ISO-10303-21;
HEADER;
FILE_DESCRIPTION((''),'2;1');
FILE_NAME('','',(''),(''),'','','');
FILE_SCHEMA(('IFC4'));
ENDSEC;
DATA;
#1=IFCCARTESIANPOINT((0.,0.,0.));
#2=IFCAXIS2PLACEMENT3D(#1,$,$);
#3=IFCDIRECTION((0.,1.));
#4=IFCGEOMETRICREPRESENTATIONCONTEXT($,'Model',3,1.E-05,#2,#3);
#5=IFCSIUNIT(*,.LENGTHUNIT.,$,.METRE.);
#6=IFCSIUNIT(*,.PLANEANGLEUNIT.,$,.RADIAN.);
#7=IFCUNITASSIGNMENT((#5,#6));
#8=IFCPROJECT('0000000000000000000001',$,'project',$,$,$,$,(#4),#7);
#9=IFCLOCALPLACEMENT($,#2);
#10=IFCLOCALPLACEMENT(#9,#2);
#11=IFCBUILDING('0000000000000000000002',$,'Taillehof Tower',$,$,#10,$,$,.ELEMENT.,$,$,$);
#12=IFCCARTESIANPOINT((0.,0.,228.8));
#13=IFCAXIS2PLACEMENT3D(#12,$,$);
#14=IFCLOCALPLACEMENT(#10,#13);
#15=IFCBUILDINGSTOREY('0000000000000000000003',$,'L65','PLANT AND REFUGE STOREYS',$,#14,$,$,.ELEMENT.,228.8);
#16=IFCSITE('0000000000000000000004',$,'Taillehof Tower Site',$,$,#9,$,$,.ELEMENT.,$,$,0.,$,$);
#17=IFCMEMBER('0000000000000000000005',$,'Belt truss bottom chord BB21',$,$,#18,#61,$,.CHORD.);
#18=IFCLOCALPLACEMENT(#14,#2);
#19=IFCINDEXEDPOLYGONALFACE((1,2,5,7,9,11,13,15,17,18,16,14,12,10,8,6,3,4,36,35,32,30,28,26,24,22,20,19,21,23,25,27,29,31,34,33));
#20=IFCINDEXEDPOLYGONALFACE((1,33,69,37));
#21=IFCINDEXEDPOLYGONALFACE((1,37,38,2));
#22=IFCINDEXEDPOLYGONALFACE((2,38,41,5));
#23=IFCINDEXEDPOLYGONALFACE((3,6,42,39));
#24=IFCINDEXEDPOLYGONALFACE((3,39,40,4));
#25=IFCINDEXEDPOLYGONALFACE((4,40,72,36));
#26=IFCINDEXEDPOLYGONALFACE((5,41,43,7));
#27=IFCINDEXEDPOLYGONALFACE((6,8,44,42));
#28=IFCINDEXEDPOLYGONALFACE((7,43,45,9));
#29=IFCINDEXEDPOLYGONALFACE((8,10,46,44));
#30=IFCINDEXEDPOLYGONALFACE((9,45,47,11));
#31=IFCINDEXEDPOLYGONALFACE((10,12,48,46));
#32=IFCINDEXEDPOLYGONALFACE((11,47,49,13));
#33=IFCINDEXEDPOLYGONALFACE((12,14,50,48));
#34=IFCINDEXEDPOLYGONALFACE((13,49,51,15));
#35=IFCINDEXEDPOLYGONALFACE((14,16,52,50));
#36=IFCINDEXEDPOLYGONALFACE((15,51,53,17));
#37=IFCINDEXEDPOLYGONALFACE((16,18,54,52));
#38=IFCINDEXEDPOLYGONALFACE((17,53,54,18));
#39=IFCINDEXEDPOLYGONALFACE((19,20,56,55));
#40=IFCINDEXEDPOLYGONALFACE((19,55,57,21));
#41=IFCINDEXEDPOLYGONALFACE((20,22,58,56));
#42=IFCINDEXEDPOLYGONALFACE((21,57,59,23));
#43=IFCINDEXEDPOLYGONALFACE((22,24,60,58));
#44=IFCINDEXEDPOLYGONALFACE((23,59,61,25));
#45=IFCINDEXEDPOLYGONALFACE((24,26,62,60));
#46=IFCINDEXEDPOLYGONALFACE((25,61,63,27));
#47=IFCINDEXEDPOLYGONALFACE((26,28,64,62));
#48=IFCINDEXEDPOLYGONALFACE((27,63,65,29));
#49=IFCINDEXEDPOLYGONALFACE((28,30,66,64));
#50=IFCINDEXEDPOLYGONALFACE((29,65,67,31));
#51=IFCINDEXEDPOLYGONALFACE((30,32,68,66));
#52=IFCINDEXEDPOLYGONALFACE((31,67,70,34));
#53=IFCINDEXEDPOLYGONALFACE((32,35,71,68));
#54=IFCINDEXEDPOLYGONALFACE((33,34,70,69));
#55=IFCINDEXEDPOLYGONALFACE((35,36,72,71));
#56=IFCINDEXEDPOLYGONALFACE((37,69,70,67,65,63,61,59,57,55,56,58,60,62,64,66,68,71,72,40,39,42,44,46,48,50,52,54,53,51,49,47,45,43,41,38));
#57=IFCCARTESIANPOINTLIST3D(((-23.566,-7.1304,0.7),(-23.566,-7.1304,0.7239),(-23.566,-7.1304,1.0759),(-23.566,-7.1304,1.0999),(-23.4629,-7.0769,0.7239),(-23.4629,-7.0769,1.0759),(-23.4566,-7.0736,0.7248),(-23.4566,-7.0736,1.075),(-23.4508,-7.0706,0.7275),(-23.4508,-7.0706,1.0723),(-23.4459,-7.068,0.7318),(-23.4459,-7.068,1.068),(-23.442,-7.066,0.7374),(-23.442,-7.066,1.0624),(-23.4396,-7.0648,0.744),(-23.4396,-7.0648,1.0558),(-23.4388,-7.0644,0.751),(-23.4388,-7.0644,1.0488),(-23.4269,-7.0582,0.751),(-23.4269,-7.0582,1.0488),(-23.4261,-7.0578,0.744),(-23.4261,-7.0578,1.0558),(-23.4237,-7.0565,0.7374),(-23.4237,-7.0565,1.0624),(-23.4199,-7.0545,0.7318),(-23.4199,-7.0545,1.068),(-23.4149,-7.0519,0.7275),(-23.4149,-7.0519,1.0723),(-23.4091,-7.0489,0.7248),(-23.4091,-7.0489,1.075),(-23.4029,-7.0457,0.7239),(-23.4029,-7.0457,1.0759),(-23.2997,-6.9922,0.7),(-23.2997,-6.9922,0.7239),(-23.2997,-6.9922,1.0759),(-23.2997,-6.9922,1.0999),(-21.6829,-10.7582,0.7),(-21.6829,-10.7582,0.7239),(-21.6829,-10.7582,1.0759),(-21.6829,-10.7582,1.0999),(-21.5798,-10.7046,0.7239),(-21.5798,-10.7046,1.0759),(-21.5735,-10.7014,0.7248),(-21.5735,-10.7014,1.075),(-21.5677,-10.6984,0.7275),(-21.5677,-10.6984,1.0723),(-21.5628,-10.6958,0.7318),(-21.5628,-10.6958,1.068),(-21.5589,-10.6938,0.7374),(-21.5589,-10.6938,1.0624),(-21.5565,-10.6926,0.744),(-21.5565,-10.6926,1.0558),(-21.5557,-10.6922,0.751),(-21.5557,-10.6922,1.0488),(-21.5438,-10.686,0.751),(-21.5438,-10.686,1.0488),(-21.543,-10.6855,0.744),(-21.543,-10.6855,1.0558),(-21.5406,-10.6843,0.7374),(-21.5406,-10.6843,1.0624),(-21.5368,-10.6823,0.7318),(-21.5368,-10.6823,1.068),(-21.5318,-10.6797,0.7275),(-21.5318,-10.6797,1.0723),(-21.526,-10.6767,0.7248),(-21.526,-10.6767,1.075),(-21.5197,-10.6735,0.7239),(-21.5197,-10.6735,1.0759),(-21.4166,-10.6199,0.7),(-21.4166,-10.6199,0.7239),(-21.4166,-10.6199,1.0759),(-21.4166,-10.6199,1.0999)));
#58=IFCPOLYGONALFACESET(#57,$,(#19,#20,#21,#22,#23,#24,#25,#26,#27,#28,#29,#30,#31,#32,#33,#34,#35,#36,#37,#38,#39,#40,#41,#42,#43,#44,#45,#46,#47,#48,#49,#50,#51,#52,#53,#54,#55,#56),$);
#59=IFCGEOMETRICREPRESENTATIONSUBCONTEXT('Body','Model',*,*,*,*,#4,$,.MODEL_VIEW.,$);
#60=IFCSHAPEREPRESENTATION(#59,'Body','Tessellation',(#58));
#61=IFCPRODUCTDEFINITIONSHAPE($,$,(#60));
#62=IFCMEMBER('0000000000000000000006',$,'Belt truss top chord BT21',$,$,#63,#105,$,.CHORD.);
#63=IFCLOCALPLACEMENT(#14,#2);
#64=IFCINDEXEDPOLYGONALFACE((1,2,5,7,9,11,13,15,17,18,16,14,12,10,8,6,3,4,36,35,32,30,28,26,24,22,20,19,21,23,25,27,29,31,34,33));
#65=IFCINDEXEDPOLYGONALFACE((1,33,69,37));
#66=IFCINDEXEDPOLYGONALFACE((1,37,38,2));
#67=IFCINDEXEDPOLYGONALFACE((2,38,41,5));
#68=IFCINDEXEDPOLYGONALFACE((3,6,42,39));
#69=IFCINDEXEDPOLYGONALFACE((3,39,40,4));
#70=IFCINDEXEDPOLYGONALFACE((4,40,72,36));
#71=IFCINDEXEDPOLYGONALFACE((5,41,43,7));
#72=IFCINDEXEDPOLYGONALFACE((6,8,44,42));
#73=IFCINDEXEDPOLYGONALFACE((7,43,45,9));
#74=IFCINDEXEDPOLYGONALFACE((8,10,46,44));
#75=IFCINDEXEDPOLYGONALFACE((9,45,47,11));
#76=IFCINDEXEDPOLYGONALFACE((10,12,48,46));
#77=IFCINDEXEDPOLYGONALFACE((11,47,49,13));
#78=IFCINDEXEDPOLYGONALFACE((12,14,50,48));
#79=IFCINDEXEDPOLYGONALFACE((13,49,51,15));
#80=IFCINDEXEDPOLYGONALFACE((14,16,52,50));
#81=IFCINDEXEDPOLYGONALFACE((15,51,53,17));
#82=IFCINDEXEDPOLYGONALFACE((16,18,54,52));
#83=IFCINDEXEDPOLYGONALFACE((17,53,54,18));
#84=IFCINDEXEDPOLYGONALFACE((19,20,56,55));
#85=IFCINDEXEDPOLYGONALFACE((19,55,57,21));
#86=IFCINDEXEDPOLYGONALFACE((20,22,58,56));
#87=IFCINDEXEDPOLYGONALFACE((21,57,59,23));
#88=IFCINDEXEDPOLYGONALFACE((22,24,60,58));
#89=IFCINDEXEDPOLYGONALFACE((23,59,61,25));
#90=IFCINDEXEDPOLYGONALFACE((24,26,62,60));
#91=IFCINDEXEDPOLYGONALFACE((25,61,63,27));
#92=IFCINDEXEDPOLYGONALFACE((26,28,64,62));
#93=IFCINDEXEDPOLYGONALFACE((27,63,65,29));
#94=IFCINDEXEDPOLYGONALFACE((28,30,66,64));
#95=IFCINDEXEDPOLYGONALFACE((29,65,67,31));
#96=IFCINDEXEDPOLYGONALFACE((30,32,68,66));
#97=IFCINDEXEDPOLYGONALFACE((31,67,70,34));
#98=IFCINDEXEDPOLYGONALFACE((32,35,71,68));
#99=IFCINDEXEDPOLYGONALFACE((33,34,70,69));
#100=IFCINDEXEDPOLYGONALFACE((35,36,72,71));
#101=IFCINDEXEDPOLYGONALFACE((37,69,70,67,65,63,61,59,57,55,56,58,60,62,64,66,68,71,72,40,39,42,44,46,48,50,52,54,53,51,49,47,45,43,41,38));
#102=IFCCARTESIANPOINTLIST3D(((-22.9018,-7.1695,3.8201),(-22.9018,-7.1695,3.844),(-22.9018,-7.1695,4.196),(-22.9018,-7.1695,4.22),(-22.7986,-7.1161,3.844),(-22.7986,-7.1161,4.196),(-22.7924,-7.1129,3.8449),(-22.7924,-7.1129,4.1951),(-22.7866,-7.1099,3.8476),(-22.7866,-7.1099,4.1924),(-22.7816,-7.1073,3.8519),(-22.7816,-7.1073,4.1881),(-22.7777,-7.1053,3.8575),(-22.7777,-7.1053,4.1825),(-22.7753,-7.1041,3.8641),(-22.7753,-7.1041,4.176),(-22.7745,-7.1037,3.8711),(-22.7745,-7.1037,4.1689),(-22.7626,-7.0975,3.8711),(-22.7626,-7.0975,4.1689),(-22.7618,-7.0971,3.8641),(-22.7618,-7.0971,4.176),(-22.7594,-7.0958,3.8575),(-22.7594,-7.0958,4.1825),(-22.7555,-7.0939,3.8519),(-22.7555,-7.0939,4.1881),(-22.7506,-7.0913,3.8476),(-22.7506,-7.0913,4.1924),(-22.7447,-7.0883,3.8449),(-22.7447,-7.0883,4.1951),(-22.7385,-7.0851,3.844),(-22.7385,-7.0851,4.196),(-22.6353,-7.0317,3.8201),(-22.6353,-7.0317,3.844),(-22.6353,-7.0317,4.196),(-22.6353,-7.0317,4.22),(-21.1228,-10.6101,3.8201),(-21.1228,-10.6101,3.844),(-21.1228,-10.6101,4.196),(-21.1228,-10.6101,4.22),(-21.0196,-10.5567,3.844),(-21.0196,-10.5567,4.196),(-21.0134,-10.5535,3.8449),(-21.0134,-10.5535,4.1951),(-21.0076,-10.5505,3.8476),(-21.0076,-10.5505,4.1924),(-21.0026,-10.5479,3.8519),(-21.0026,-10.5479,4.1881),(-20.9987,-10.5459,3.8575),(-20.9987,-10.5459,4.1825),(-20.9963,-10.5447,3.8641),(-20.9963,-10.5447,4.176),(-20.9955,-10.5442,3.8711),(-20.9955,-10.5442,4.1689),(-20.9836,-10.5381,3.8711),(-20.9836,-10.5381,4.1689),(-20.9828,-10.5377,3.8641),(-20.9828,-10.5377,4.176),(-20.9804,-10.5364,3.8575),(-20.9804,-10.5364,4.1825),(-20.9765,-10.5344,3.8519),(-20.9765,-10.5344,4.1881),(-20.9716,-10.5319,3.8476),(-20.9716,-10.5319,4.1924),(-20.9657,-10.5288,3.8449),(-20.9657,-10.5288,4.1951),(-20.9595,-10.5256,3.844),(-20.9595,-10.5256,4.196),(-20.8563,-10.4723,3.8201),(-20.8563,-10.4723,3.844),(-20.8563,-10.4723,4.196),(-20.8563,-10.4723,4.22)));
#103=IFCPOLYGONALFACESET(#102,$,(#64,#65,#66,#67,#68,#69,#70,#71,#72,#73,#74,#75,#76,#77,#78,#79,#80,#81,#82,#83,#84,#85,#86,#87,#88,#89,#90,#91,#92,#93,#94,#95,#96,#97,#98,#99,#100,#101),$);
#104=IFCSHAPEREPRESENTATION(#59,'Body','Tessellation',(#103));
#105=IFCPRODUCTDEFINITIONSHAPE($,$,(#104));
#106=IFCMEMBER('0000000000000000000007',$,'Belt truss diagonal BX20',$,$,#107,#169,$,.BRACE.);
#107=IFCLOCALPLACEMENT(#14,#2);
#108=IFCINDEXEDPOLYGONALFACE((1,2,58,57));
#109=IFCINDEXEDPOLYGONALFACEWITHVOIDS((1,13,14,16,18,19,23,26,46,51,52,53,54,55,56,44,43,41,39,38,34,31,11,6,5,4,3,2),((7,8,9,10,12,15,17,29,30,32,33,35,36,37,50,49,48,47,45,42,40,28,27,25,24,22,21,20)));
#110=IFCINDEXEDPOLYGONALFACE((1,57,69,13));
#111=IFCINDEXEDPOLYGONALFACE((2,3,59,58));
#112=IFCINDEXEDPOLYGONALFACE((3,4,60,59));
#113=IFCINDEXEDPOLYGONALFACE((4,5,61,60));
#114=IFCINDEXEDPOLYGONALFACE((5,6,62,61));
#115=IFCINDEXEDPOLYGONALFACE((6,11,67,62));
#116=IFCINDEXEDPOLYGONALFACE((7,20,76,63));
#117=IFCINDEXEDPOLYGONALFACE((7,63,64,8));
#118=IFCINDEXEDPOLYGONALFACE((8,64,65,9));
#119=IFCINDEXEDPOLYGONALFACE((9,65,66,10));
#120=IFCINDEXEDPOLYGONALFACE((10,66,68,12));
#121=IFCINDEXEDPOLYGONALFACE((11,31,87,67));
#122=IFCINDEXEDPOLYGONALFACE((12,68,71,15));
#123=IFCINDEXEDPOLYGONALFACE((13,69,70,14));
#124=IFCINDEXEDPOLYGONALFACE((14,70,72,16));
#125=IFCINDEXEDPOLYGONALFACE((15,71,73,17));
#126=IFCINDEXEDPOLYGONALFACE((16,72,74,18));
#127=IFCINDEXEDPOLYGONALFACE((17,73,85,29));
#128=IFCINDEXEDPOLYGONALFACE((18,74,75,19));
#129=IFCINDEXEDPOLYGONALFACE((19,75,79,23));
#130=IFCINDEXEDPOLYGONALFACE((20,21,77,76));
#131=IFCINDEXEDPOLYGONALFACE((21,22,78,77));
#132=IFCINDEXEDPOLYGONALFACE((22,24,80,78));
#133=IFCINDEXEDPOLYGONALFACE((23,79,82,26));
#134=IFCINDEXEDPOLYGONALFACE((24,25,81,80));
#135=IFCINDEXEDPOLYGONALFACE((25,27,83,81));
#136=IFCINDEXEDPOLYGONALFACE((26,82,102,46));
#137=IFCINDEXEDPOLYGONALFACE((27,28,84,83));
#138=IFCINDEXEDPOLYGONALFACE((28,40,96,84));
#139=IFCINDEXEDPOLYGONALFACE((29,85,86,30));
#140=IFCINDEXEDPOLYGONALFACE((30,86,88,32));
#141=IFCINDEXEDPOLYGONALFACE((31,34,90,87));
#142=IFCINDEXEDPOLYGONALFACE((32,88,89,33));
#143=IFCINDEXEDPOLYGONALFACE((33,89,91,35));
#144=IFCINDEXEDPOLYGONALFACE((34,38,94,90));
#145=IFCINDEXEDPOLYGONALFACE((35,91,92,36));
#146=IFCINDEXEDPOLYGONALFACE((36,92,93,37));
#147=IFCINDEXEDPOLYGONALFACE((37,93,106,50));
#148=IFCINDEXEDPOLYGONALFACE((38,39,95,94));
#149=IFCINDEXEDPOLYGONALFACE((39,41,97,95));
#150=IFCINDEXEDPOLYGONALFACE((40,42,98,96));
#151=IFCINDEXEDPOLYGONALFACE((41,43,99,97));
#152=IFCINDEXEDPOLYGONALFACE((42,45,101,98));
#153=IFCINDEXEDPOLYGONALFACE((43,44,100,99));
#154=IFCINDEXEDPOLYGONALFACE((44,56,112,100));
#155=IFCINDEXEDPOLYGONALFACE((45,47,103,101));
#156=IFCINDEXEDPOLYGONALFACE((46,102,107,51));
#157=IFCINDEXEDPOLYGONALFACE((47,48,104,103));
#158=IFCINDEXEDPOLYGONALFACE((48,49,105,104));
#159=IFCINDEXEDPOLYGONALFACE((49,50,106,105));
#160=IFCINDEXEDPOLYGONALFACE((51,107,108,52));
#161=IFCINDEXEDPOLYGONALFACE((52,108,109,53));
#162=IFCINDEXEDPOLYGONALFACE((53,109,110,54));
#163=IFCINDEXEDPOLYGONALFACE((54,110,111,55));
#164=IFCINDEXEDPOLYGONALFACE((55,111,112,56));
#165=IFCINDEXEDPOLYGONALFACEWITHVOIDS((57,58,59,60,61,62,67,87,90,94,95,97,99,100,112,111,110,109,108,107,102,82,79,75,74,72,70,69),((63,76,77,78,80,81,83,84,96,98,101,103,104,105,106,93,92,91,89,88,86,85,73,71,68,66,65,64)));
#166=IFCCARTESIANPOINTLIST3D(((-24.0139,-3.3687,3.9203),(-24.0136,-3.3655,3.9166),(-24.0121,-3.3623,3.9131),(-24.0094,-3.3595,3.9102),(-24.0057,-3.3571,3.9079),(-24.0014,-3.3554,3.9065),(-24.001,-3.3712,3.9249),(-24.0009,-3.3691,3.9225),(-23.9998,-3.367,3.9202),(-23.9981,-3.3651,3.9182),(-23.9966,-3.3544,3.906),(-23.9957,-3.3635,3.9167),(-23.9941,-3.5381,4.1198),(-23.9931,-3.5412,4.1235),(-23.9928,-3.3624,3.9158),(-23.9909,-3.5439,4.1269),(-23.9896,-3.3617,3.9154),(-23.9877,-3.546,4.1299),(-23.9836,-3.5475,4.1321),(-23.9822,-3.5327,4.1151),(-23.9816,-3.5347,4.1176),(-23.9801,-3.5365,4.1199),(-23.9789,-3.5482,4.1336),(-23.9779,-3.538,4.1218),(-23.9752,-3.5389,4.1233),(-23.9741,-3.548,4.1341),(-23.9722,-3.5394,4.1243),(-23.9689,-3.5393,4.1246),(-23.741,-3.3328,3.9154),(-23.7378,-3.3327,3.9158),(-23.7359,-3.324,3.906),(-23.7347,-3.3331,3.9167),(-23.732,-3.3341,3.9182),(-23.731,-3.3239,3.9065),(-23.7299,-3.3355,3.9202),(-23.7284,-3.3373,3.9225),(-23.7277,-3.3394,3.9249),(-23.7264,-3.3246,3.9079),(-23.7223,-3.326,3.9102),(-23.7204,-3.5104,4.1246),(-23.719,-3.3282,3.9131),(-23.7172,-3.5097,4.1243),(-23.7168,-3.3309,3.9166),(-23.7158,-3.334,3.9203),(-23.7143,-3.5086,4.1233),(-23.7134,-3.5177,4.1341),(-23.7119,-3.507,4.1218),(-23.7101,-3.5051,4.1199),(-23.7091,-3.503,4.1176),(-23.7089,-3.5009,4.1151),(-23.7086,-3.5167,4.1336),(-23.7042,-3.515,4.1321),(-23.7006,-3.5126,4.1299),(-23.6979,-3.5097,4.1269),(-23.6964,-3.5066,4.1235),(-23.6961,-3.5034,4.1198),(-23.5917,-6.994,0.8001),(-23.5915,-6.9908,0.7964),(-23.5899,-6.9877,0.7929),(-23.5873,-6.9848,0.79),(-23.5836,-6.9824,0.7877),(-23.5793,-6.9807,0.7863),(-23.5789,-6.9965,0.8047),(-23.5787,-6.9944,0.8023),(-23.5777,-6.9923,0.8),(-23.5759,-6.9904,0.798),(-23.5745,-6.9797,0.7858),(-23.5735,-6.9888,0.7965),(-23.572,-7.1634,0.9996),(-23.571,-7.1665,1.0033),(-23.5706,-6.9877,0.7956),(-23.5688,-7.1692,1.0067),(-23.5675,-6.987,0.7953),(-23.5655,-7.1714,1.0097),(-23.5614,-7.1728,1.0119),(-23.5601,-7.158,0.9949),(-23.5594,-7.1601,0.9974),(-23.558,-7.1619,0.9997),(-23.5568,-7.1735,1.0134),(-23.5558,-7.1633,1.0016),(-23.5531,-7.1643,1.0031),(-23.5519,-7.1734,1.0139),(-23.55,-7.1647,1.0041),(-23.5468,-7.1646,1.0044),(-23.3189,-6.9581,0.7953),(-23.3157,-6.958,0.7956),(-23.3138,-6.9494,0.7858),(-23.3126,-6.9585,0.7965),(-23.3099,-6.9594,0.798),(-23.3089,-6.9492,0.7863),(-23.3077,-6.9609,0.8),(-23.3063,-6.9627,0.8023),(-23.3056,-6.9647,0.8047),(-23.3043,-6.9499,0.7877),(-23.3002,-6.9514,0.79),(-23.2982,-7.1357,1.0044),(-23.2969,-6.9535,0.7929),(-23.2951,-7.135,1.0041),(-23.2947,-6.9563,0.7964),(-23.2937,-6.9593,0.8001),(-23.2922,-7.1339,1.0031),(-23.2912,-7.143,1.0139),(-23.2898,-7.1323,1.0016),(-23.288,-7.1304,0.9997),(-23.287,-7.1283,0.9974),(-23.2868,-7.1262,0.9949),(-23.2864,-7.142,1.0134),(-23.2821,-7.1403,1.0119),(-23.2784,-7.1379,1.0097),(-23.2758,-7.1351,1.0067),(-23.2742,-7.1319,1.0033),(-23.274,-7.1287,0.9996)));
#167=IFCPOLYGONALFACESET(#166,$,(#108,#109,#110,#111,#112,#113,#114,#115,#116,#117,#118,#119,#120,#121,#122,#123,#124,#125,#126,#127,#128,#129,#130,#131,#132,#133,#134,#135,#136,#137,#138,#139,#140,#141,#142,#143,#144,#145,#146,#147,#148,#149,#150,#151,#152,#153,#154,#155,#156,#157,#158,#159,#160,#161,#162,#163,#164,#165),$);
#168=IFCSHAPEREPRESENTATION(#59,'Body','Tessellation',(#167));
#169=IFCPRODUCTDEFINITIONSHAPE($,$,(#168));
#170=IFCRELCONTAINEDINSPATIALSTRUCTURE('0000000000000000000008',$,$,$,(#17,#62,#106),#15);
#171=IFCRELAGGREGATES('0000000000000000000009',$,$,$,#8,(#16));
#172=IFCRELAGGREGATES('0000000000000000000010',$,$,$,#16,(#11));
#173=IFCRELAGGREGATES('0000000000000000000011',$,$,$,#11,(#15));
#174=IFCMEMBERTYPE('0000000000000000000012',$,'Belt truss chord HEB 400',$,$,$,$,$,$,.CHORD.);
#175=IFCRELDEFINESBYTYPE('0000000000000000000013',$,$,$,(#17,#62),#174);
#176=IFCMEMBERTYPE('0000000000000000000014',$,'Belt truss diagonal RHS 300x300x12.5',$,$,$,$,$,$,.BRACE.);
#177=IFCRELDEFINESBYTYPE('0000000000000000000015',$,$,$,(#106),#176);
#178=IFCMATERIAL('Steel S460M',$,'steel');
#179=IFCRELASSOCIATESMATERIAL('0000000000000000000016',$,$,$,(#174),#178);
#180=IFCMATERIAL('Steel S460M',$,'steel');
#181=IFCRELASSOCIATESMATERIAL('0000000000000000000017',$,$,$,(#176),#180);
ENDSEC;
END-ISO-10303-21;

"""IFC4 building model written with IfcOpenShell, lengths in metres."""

from ifc_helpers import new_model, si_unit, direction, frame, origin, origin_2d, place, context, subcontext, project, spatial, hollow_rectangle, i_section, extrude, material, material_profile, profile_set, type_object, element, save


model = new_model("IFC4")

# Units and contexts
model_context = context("Model", 3, precision=1e-05, world=origin(), true_north=direction((0.0, 1.0)))
body_context = subcontext(model_context, "Body", "Model", "MODEL_VIEW")
ifc_project = project(units=[si_unit("LENGTHUNIT", "METRE"), si_unit("PLANEANGLEUNIT", "RADIAN")], contexts=[model_context])

# Site, building, storey
site_placement = place(None, origin())
site = spatial("IfcSite", under=ifc_project, at=site_placement, Name="Taillehof Tower Site", CompositionType="ELEMENT", RefElevation=0.0)
building_placement = place(site_placement, origin())
building = spatial("IfcBuilding", under=site, at=building_placement, Name="Taillehof Tower", CompositionType="ELEMENT")
storey_placement = place(building_placement, frame((0.0, 0.0, 228.8)))
storey = spatial("IfcBuildingStorey", under=building, at=storey_placement, Name="L65", Description="PLANT AND REFUGE STOREYS", CompositionType="ELEMENT", Elevation=228.8)

# Members
ifc_material_1 = material(Name="Steel S460M", Category="steel")
ifc_material_profile_1 = material_profile(ifc_material_1, i_section(OverallWidth=0.3, OverallDepth=0.3999, WebThickness=0.0134, FlangeThickness=0.0239, FilletRadius=0.0271, at=origin_2d()), Name="HEB 400")
ifc_profile_set_1 = profile_set([ifc_material_profile_1], Name="Steel S460M")
member_type_1 = type_object("IfcMemberType", Name="Belt truss chord HEB 400", PredefinedType="CHORD", material=ifc_profile_set_1)
member_1_placement = place(storey_placement, frame((-23.4329, -7.0613, 0.8999), z_axis=(0.460709, -0.887551, 0.0), x_axis=(0.887551, 0.460709, 0.0)))
element("IfcMember", 1, at=member_1_placement, inside=storey, type_object=member_type_1, Name="Belt truss bottom chord BB21", PredefinedType="CHORD", context=body_context, shape_type="SweptSolid", body=[
    extrude(i_section(OverallWidth=0.3, OverallDepth=0.3999, WebThickness=0.0134, FlangeThickness=0.0239, FilletRadius=0.0271, at=origin_2d()), origin(), (0.0, 0.0, 1.0), 4.0874),
])
member_2_placement = place(storey_placement, frame((-22.7686, -7.1006, 4.02), z_axis=(0.459299, -0.888281, 0.0), x_axis=(0.888281, 0.459299, 0.0)))
element("IfcMember", 2, at=member_2_placement, inside=storey, type_object=member_type_1, Name="Belt truss top chord BT21", PredefinedType="CHORD", context=body_context, shape_type="SweptSolid", body=[
    extrude(i_section(OverallWidth=0.3, OverallDepth=0.3999, WebThickness=0.0134, FlangeThickness=0.0239, FilletRadius=0.0271, at=origin_2d()), origin(), (0.0, 0.0, 1.0), 3.8733),
])
ifc_material_2 = material(Name="Steel S460M", Category="steel")
ifc_material_profile_2 = material_profile(ifc_material_2, hollow_rectangle(XDim=0.3, YDim=0.3, WallThickness=0.0125, InnerFilletRadius=0.0125, OuterFilletRadius=0.0188, at=origin_2d()), Name="RHS 300x300x12.5")
ifc_profile_set_2 = profile_set([ifc_material_profile_2], Name="Steel S460M")
member_type_2 = type_object("IfcMemberType", Name="Belt truss diagonal RHS 300x300x12.5", PredefinedType="BRACE", material=ifc_profile_set_2)
member_3_placement = place(storey_placement, frame((-23.855, -3.436, 4.02), z_axis=(0.087912, -0.755002, -0.649803), x_axis=(0.993289, 0.115657, 0.0)))
element("IfcMember", 3, at=member_3_placement, inside=storey, type_object=member_type_2, Name="Belt truss diagonal BX20", PredefinedType="BRACE", context=body_context, shape_type="SweptSolid", body=[
    extrude(hollow_rectangle(XDim=0.3, YDim=0.3, WallThickness=0.0125, InnerFilletRadius=0.0125, OuterFilletRadius=0.0188, at=origin_2d()), origin(), (0.0, 0.0, 1.0), 4.8018),
])

save(model, "model.ifc")
